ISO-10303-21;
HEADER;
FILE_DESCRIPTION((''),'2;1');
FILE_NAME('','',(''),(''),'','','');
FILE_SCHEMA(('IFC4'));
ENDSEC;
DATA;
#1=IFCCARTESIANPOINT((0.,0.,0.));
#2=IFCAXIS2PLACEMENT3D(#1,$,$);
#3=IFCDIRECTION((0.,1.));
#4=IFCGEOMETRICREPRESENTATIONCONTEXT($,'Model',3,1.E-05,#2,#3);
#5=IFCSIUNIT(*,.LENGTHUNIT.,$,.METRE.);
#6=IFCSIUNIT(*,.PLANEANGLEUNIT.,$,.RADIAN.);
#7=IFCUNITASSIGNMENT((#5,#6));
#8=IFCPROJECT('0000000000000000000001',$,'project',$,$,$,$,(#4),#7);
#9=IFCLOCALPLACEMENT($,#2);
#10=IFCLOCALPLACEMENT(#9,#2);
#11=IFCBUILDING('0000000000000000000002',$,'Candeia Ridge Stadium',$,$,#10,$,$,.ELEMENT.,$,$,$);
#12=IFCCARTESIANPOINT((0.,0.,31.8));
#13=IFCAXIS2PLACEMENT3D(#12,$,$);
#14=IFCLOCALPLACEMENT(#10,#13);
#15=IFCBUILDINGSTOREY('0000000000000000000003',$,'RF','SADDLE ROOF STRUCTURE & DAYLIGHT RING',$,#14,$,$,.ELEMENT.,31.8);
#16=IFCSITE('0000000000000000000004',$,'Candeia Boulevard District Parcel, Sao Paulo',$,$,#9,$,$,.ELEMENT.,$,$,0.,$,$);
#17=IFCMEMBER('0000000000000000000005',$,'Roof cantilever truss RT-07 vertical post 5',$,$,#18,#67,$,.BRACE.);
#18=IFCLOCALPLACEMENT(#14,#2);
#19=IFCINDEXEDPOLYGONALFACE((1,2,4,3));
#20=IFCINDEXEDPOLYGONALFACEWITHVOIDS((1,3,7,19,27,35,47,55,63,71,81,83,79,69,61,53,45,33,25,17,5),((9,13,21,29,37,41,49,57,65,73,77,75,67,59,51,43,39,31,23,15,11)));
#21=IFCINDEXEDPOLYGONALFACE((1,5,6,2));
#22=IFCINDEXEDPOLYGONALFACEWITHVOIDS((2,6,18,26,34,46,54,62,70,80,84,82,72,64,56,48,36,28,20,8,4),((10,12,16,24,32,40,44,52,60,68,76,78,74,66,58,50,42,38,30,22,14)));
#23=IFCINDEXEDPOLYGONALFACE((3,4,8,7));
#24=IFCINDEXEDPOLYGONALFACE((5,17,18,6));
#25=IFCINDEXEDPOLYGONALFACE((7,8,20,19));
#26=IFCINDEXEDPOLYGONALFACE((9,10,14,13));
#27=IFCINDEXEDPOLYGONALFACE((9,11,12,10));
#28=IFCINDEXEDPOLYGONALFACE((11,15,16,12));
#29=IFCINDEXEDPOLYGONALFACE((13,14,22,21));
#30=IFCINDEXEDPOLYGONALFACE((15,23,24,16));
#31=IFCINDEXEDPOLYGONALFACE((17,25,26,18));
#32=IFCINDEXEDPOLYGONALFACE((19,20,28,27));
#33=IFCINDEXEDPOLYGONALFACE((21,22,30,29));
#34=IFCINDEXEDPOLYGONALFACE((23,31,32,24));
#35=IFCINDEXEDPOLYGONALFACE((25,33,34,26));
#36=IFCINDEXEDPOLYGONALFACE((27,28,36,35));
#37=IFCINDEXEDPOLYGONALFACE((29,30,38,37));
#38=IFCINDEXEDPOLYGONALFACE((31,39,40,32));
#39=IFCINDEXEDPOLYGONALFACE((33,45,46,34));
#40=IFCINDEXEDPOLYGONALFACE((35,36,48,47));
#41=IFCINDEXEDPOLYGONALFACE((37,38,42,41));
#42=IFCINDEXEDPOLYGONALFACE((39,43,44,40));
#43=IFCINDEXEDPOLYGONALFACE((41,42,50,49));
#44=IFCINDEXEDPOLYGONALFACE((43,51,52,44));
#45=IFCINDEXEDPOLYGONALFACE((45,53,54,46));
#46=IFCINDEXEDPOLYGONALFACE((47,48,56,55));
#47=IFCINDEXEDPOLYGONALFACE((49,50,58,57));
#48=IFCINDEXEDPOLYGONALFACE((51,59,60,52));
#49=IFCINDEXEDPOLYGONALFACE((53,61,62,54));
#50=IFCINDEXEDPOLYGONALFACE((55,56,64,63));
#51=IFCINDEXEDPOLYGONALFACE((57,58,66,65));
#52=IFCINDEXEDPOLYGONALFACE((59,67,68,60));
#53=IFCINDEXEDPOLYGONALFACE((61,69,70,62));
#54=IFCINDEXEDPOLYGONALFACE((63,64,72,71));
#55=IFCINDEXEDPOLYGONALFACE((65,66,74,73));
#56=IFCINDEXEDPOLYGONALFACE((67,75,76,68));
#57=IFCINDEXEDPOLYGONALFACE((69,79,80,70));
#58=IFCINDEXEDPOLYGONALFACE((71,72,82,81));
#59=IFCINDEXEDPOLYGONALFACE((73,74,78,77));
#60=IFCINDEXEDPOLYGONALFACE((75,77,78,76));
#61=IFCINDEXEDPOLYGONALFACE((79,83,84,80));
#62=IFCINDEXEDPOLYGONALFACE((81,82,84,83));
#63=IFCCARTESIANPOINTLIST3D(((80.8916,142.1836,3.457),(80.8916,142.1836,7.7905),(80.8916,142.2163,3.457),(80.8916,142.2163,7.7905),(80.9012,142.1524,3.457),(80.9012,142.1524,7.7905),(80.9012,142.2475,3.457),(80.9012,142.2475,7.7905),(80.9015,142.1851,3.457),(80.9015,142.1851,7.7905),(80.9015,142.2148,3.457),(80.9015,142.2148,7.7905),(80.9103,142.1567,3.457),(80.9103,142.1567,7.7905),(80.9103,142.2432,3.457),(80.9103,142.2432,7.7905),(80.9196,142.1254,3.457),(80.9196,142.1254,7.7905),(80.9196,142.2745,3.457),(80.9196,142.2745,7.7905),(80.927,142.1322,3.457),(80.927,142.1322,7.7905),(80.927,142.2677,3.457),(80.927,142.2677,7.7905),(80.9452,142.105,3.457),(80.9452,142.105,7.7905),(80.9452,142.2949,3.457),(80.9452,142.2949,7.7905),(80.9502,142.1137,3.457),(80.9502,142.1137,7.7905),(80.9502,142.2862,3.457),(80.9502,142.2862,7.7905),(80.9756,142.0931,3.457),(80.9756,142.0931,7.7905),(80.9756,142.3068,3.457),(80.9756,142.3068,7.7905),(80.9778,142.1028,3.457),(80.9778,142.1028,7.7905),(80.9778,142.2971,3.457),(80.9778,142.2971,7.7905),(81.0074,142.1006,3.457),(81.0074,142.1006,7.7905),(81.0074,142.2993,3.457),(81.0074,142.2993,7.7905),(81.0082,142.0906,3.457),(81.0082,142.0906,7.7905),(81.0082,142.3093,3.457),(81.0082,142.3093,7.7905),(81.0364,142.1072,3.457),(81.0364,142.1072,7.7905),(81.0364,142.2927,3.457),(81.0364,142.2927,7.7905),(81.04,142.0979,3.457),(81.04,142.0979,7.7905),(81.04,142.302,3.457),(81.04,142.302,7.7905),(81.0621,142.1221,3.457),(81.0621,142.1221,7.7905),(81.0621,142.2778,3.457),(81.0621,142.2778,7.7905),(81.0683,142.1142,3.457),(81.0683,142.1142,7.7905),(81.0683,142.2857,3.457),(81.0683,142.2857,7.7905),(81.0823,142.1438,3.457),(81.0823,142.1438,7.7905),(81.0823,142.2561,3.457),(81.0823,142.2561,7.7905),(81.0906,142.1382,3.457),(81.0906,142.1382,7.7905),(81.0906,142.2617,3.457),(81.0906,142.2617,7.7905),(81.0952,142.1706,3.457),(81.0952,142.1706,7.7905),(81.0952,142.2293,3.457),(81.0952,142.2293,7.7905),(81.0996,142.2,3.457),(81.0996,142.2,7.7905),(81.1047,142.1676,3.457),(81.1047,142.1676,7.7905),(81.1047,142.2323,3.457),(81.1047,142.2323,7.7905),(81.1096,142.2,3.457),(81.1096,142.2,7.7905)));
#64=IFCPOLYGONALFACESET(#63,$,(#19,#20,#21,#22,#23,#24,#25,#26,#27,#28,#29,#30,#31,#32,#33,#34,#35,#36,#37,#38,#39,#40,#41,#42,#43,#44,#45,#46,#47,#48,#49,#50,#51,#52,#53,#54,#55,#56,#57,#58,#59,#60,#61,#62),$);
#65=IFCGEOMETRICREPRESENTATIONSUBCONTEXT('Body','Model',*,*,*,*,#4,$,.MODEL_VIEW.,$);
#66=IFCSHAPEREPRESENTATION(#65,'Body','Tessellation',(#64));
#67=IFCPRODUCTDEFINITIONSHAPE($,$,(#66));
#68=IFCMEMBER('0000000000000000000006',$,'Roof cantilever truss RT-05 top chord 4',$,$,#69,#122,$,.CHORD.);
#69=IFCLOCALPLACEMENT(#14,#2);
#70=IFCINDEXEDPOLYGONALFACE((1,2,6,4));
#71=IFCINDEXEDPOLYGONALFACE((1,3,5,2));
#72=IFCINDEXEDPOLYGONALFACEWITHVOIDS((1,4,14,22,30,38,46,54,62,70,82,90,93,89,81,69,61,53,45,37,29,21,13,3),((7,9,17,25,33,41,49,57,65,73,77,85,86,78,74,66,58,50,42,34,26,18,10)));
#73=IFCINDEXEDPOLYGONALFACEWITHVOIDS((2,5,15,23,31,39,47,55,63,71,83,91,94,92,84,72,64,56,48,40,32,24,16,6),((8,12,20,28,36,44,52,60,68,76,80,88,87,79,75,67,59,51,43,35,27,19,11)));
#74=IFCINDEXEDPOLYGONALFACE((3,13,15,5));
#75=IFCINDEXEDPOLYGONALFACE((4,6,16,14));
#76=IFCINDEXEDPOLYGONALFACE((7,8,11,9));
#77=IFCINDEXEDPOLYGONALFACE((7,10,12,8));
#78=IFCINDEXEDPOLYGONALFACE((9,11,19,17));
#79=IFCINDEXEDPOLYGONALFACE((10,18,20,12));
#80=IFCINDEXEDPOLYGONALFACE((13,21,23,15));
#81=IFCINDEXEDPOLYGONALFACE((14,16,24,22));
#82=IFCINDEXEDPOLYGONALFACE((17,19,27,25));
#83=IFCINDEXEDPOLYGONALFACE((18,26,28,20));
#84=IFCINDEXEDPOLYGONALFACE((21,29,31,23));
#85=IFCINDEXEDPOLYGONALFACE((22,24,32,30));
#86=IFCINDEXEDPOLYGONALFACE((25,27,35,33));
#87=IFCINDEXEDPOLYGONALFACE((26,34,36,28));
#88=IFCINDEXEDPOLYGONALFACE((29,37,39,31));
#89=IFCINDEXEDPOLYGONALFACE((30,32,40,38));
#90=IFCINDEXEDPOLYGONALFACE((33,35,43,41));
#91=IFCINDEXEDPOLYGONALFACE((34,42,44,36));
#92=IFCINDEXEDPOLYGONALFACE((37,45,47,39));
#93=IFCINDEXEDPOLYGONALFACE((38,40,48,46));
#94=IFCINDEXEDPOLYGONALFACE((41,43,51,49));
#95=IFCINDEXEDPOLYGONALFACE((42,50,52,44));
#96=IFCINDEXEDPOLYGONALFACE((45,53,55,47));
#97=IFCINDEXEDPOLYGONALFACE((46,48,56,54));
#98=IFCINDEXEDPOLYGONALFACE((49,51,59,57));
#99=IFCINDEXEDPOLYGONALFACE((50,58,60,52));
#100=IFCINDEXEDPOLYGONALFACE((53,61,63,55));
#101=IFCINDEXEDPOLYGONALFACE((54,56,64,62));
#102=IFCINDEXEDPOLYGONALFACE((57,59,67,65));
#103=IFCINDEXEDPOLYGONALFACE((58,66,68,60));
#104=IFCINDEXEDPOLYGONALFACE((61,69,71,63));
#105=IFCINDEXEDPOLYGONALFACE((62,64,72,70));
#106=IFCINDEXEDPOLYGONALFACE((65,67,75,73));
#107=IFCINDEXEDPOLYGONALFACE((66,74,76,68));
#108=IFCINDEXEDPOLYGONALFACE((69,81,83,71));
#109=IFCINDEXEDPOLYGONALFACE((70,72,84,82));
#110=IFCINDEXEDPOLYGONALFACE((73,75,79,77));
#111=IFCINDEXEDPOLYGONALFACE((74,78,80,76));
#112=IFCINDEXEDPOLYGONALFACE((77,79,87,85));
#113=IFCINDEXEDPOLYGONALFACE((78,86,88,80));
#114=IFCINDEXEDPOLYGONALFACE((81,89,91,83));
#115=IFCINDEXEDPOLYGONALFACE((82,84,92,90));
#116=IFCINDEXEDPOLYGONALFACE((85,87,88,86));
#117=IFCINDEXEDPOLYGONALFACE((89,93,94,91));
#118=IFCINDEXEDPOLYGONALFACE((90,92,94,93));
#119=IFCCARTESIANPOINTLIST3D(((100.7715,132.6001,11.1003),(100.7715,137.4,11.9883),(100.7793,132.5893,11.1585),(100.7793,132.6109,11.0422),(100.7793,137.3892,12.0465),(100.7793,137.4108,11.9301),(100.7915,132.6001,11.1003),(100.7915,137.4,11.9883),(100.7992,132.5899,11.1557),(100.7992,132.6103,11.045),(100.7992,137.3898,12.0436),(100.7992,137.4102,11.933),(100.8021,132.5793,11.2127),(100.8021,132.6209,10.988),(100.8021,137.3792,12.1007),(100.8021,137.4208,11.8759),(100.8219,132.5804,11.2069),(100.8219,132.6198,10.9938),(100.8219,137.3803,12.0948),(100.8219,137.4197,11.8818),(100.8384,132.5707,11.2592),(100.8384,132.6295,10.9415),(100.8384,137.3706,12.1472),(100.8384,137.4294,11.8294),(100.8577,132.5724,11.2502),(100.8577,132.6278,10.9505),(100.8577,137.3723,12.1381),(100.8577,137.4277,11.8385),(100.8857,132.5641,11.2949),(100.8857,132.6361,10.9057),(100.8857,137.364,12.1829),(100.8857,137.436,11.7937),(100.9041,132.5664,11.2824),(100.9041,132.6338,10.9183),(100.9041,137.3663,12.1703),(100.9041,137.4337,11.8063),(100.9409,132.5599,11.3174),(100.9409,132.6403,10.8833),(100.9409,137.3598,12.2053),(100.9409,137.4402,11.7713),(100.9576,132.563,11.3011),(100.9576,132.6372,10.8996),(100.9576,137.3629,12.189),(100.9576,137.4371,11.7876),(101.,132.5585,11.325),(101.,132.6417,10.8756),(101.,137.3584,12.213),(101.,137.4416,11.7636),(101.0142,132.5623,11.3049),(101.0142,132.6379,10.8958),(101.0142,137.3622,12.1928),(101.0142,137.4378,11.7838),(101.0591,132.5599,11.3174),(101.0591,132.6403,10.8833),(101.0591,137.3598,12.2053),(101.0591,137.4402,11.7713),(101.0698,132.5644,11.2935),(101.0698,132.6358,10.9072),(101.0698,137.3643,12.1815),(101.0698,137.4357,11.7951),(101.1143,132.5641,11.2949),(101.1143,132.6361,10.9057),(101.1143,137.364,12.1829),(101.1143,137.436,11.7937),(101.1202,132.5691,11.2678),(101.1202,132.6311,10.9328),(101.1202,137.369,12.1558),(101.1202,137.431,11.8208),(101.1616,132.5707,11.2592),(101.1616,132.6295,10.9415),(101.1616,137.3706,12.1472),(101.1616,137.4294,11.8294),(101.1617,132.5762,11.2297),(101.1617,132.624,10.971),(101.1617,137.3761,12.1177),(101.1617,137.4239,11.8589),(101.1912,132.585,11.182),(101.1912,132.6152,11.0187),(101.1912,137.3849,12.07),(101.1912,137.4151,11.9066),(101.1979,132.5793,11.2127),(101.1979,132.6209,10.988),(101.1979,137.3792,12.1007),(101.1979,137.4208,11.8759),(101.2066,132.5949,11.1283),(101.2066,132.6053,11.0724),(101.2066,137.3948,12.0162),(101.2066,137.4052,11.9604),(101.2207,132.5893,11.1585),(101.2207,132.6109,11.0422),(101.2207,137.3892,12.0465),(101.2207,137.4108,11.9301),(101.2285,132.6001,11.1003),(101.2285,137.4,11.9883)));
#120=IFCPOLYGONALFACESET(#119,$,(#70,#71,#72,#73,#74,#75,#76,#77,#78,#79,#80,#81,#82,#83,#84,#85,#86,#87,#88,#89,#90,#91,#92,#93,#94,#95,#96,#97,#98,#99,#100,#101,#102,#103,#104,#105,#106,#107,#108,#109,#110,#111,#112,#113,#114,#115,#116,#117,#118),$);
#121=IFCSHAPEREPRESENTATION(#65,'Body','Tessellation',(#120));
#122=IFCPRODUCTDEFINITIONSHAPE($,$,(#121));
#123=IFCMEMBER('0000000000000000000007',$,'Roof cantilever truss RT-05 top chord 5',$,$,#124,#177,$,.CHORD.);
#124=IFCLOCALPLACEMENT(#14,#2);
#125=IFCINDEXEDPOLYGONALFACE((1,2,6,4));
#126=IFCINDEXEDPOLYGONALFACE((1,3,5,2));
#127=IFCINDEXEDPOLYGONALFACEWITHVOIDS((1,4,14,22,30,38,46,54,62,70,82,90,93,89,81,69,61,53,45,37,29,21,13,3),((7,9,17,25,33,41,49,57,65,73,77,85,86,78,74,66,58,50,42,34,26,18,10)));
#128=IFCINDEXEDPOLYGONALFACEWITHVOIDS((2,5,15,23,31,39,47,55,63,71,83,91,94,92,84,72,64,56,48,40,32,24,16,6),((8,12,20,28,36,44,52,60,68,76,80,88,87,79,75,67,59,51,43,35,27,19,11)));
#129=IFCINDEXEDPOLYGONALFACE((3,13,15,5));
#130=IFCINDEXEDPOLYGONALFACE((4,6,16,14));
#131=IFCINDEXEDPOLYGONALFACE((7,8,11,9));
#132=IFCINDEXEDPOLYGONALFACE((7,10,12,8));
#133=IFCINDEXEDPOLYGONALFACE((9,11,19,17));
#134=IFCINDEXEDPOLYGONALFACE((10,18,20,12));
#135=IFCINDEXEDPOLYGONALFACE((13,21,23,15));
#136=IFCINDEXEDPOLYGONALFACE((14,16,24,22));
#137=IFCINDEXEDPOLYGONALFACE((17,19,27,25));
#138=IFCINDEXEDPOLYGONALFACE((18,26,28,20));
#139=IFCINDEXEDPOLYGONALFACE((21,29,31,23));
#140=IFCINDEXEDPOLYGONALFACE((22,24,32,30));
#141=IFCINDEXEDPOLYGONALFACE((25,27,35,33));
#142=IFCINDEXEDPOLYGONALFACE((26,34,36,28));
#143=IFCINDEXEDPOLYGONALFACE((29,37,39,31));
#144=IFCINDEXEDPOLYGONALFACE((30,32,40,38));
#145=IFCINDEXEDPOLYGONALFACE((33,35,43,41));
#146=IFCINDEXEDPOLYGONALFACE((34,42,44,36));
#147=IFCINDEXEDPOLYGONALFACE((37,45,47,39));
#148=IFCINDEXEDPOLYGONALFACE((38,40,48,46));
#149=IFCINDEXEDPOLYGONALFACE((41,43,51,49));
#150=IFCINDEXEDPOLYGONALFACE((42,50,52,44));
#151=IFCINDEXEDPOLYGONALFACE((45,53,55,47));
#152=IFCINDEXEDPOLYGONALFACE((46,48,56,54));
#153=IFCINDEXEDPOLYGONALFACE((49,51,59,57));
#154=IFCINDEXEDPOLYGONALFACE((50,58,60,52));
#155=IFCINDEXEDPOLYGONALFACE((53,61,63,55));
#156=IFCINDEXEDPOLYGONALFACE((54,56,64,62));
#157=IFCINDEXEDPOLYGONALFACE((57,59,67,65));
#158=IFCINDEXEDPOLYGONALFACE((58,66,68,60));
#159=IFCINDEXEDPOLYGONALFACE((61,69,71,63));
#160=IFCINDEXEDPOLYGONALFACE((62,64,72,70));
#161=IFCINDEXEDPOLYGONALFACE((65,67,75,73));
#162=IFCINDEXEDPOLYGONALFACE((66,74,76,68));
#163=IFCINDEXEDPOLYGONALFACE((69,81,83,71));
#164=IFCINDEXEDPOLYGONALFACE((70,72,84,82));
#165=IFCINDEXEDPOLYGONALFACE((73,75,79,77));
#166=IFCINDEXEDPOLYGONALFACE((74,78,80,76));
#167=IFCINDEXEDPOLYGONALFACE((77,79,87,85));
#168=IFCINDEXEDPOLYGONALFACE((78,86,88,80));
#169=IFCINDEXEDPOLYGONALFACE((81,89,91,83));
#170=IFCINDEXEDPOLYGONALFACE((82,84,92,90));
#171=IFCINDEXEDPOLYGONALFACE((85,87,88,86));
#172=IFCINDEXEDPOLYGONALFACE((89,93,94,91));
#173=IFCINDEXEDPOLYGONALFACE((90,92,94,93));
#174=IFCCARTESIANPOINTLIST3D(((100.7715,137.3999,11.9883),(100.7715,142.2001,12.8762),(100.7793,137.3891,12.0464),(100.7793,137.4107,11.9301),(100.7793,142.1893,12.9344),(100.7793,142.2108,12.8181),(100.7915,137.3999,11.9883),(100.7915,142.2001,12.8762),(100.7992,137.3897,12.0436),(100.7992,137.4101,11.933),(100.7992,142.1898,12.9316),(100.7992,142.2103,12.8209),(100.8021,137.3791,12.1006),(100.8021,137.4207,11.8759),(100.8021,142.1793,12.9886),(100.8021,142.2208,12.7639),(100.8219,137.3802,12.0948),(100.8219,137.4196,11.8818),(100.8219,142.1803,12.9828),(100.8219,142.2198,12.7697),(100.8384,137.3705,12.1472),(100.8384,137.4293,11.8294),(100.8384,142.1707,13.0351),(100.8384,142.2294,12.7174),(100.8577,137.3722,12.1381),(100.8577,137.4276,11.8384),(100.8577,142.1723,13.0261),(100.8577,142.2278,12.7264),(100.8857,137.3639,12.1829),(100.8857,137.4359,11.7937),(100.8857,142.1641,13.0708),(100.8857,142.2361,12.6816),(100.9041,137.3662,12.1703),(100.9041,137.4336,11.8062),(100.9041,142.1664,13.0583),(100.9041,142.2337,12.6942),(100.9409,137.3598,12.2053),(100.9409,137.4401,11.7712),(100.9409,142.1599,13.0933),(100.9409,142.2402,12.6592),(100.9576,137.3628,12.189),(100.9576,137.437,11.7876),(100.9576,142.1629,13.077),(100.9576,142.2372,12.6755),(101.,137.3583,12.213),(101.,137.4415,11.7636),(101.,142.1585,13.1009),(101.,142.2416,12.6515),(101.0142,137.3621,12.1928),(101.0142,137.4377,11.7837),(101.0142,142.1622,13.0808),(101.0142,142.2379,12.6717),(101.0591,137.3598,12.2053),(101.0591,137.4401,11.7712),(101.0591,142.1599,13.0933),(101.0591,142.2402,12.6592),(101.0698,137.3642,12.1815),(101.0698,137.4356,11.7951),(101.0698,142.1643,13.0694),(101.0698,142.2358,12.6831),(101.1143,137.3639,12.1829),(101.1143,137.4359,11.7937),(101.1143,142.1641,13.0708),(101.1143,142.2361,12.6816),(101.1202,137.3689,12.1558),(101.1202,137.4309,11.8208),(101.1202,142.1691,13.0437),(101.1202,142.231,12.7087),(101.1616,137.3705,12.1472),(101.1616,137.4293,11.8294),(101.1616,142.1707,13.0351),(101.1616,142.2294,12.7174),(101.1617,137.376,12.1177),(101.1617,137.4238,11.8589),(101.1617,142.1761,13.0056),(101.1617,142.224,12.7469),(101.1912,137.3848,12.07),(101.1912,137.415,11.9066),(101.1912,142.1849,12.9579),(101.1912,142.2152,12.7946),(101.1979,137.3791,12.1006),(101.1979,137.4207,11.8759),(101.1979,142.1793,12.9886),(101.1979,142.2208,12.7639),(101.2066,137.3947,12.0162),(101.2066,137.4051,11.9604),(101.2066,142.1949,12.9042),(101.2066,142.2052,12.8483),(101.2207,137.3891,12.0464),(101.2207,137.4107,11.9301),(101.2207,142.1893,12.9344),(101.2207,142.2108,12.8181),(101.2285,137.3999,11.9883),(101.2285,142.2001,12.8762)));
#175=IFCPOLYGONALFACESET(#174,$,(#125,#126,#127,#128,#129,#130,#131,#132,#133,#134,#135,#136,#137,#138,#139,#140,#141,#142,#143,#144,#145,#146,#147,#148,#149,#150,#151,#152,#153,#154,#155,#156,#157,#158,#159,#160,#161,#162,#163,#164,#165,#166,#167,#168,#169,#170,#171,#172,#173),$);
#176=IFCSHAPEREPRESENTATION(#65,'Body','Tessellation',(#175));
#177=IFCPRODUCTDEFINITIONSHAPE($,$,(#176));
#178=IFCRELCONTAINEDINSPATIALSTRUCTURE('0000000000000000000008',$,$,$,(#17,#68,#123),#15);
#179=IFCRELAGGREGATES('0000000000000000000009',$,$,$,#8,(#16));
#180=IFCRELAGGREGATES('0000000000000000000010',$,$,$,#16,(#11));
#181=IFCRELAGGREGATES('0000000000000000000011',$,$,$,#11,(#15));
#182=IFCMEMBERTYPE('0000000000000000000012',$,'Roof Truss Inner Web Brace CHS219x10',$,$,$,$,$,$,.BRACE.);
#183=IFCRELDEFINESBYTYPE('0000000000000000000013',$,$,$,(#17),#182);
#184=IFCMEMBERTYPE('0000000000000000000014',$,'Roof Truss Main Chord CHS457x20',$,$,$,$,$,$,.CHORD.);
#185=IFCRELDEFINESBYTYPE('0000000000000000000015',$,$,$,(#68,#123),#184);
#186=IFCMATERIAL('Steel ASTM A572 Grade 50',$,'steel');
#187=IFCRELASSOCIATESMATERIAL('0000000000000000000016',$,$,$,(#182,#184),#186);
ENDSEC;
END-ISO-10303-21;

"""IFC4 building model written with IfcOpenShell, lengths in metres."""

from ifc_helpers import new_model, si_unit, direction, frame, origin, origin_2d, place, context, subcontext, project, spatial, hollow_circle, extrude, material, material_profile, profile_set, type_object, element, save


model = new_model("IFC4")

# Units and contexts
model_context = context("Model", 3, precision=1e-05, world=origin(), true_north=direction((0.0, 1.0)))
body_context = subcontext(model_context, "Body", "Model", "MODEL_VIEW")
ifc_project = project(units=[si_unit("LENGTHUNIT", "METRE"), si_unit("PLANEANGLEUNIT", "RADIAN")], contexts=[model_context])

# Site, building, storey
site_placement = place(None, origin())
site = spatial("IfcSite", under=ifc_project, at=site_placement, Name="Candeia Boulevard District Parcel, Sao Paulo", CompositionType="ELEMENT", RefElevation=0.0)
building_placement = place(site_placement, origin())
building = spatial("IfcBuilding", under=site, at=building_placement, Name="Candeia Ridge Stadium", CompositionType="ELEMENT")
storey_placement = place(building_placement, frame((0.0, 0.0, 31.8)))
storey = spatial("IfcBuildingStorey", under=building, at=storey_placement, Name="RF", Description="SADDLE ROOF STRUCTURE & DAYLIGHT RING", CompositionType="ELEMENT", Elevation=31.8)

# Shared definitions
ifc_material = material(Name="Steel ASTM A572 Grade 50", Category="steel")

# Members
ifc_material_profile_1 = material_profile(ifc_material, hollow_circle(Radius=0.1096, WallThickness=0.01, at=origin_2d()), Name="CHS219x10", Category="steel")
ifc_profile_set_1 = profile_set([ifc_material_profile_1], Name="Steel ASTM A572 Grade 50")
member_type_1 = type_object("IfcMemberType", Name="Roof Truss Inner Web Brace CHS219x10", PredefinedType="BRACE", material=ifc_profile_set_1)
member_1_placement = place(storey_placement, frame((81.0, 142.2, 3.457), z_axis=(0.0, 0.0, 1.0), x_axis=(1.0, 0.0, 0.0)))
element("IfcMember", 1, at=member_1_placement, inside=storey, type_object=member_type_1, Name="Roof cantilever truss RT-07 vertical post 5", PredefinedType="BRACE", context=body_context, shape_type="SweptSolid", body=[
    extrude(hollow_circle(Radius=0.1096, WallThickness=0.01, at=origin_2d()), origin(), (0.0, 0.0, 1.0), 4.3335),
])
ifc_material_profile_2 = material_profile(ifc_material, hollow_circle(Radius=0.2285, WallThickness=0.02, at=origin_2d()), Name="CHS457x20", Category="steel")
ifc_profile_set_2 = profile_set([ifc_material_profile_2], Name="Steel ASTM A572 Grade 50")
member_type_2 = type_object("IfcMemberType", Name="Roof Truss Main Chord CHS457x20", PredefinedType="CHORD", material=ifc_profile_set_2)
member_2_placement = place(storey_placement, frame((101.0, 132.6001, 11.1003), z_axis=(0.0, 0.983315, 0.181908), x_axis=(-1.0, 0.0, 0.0)))
element("IfcMember", 2, at=member_2_placement, inside=storey, type_object=member_type_2, Name="Roof cantilever truss RT-05 top chord 4", PredefinedType="CHORD", context=body_context, shape_type="SweptSolid", body=[
    extrude(hollow_circle(Radius=0.2285, WallThickness=0.02, at=origin_2d()), origin(), (0.0, 0.0, 1.0), 4.8813),
])
member_3_placement = place(storey_placement, frame((101.0, 137.3999, 11.9883), z_axis=(0.0, 0.983317, 0.181899), x_axis=(-1.0, 0.0, 0.0)))
element("IfcMember", 3, at=member_3_placement, inside=storey, type_object=member_type_2, Name="Roof cantilever truss RT-05 top chord 5", PredefinedType="CHORD", context=body_context, shape_type="SweptSolid", body=[
    extrude(hollow_circle(Radius=0.2285, WallThickness=0.02, at=origin_2d()), origin(), (0.0, 0.0, 1.0), 4.8816),
])

save(model, "model.ifc")
